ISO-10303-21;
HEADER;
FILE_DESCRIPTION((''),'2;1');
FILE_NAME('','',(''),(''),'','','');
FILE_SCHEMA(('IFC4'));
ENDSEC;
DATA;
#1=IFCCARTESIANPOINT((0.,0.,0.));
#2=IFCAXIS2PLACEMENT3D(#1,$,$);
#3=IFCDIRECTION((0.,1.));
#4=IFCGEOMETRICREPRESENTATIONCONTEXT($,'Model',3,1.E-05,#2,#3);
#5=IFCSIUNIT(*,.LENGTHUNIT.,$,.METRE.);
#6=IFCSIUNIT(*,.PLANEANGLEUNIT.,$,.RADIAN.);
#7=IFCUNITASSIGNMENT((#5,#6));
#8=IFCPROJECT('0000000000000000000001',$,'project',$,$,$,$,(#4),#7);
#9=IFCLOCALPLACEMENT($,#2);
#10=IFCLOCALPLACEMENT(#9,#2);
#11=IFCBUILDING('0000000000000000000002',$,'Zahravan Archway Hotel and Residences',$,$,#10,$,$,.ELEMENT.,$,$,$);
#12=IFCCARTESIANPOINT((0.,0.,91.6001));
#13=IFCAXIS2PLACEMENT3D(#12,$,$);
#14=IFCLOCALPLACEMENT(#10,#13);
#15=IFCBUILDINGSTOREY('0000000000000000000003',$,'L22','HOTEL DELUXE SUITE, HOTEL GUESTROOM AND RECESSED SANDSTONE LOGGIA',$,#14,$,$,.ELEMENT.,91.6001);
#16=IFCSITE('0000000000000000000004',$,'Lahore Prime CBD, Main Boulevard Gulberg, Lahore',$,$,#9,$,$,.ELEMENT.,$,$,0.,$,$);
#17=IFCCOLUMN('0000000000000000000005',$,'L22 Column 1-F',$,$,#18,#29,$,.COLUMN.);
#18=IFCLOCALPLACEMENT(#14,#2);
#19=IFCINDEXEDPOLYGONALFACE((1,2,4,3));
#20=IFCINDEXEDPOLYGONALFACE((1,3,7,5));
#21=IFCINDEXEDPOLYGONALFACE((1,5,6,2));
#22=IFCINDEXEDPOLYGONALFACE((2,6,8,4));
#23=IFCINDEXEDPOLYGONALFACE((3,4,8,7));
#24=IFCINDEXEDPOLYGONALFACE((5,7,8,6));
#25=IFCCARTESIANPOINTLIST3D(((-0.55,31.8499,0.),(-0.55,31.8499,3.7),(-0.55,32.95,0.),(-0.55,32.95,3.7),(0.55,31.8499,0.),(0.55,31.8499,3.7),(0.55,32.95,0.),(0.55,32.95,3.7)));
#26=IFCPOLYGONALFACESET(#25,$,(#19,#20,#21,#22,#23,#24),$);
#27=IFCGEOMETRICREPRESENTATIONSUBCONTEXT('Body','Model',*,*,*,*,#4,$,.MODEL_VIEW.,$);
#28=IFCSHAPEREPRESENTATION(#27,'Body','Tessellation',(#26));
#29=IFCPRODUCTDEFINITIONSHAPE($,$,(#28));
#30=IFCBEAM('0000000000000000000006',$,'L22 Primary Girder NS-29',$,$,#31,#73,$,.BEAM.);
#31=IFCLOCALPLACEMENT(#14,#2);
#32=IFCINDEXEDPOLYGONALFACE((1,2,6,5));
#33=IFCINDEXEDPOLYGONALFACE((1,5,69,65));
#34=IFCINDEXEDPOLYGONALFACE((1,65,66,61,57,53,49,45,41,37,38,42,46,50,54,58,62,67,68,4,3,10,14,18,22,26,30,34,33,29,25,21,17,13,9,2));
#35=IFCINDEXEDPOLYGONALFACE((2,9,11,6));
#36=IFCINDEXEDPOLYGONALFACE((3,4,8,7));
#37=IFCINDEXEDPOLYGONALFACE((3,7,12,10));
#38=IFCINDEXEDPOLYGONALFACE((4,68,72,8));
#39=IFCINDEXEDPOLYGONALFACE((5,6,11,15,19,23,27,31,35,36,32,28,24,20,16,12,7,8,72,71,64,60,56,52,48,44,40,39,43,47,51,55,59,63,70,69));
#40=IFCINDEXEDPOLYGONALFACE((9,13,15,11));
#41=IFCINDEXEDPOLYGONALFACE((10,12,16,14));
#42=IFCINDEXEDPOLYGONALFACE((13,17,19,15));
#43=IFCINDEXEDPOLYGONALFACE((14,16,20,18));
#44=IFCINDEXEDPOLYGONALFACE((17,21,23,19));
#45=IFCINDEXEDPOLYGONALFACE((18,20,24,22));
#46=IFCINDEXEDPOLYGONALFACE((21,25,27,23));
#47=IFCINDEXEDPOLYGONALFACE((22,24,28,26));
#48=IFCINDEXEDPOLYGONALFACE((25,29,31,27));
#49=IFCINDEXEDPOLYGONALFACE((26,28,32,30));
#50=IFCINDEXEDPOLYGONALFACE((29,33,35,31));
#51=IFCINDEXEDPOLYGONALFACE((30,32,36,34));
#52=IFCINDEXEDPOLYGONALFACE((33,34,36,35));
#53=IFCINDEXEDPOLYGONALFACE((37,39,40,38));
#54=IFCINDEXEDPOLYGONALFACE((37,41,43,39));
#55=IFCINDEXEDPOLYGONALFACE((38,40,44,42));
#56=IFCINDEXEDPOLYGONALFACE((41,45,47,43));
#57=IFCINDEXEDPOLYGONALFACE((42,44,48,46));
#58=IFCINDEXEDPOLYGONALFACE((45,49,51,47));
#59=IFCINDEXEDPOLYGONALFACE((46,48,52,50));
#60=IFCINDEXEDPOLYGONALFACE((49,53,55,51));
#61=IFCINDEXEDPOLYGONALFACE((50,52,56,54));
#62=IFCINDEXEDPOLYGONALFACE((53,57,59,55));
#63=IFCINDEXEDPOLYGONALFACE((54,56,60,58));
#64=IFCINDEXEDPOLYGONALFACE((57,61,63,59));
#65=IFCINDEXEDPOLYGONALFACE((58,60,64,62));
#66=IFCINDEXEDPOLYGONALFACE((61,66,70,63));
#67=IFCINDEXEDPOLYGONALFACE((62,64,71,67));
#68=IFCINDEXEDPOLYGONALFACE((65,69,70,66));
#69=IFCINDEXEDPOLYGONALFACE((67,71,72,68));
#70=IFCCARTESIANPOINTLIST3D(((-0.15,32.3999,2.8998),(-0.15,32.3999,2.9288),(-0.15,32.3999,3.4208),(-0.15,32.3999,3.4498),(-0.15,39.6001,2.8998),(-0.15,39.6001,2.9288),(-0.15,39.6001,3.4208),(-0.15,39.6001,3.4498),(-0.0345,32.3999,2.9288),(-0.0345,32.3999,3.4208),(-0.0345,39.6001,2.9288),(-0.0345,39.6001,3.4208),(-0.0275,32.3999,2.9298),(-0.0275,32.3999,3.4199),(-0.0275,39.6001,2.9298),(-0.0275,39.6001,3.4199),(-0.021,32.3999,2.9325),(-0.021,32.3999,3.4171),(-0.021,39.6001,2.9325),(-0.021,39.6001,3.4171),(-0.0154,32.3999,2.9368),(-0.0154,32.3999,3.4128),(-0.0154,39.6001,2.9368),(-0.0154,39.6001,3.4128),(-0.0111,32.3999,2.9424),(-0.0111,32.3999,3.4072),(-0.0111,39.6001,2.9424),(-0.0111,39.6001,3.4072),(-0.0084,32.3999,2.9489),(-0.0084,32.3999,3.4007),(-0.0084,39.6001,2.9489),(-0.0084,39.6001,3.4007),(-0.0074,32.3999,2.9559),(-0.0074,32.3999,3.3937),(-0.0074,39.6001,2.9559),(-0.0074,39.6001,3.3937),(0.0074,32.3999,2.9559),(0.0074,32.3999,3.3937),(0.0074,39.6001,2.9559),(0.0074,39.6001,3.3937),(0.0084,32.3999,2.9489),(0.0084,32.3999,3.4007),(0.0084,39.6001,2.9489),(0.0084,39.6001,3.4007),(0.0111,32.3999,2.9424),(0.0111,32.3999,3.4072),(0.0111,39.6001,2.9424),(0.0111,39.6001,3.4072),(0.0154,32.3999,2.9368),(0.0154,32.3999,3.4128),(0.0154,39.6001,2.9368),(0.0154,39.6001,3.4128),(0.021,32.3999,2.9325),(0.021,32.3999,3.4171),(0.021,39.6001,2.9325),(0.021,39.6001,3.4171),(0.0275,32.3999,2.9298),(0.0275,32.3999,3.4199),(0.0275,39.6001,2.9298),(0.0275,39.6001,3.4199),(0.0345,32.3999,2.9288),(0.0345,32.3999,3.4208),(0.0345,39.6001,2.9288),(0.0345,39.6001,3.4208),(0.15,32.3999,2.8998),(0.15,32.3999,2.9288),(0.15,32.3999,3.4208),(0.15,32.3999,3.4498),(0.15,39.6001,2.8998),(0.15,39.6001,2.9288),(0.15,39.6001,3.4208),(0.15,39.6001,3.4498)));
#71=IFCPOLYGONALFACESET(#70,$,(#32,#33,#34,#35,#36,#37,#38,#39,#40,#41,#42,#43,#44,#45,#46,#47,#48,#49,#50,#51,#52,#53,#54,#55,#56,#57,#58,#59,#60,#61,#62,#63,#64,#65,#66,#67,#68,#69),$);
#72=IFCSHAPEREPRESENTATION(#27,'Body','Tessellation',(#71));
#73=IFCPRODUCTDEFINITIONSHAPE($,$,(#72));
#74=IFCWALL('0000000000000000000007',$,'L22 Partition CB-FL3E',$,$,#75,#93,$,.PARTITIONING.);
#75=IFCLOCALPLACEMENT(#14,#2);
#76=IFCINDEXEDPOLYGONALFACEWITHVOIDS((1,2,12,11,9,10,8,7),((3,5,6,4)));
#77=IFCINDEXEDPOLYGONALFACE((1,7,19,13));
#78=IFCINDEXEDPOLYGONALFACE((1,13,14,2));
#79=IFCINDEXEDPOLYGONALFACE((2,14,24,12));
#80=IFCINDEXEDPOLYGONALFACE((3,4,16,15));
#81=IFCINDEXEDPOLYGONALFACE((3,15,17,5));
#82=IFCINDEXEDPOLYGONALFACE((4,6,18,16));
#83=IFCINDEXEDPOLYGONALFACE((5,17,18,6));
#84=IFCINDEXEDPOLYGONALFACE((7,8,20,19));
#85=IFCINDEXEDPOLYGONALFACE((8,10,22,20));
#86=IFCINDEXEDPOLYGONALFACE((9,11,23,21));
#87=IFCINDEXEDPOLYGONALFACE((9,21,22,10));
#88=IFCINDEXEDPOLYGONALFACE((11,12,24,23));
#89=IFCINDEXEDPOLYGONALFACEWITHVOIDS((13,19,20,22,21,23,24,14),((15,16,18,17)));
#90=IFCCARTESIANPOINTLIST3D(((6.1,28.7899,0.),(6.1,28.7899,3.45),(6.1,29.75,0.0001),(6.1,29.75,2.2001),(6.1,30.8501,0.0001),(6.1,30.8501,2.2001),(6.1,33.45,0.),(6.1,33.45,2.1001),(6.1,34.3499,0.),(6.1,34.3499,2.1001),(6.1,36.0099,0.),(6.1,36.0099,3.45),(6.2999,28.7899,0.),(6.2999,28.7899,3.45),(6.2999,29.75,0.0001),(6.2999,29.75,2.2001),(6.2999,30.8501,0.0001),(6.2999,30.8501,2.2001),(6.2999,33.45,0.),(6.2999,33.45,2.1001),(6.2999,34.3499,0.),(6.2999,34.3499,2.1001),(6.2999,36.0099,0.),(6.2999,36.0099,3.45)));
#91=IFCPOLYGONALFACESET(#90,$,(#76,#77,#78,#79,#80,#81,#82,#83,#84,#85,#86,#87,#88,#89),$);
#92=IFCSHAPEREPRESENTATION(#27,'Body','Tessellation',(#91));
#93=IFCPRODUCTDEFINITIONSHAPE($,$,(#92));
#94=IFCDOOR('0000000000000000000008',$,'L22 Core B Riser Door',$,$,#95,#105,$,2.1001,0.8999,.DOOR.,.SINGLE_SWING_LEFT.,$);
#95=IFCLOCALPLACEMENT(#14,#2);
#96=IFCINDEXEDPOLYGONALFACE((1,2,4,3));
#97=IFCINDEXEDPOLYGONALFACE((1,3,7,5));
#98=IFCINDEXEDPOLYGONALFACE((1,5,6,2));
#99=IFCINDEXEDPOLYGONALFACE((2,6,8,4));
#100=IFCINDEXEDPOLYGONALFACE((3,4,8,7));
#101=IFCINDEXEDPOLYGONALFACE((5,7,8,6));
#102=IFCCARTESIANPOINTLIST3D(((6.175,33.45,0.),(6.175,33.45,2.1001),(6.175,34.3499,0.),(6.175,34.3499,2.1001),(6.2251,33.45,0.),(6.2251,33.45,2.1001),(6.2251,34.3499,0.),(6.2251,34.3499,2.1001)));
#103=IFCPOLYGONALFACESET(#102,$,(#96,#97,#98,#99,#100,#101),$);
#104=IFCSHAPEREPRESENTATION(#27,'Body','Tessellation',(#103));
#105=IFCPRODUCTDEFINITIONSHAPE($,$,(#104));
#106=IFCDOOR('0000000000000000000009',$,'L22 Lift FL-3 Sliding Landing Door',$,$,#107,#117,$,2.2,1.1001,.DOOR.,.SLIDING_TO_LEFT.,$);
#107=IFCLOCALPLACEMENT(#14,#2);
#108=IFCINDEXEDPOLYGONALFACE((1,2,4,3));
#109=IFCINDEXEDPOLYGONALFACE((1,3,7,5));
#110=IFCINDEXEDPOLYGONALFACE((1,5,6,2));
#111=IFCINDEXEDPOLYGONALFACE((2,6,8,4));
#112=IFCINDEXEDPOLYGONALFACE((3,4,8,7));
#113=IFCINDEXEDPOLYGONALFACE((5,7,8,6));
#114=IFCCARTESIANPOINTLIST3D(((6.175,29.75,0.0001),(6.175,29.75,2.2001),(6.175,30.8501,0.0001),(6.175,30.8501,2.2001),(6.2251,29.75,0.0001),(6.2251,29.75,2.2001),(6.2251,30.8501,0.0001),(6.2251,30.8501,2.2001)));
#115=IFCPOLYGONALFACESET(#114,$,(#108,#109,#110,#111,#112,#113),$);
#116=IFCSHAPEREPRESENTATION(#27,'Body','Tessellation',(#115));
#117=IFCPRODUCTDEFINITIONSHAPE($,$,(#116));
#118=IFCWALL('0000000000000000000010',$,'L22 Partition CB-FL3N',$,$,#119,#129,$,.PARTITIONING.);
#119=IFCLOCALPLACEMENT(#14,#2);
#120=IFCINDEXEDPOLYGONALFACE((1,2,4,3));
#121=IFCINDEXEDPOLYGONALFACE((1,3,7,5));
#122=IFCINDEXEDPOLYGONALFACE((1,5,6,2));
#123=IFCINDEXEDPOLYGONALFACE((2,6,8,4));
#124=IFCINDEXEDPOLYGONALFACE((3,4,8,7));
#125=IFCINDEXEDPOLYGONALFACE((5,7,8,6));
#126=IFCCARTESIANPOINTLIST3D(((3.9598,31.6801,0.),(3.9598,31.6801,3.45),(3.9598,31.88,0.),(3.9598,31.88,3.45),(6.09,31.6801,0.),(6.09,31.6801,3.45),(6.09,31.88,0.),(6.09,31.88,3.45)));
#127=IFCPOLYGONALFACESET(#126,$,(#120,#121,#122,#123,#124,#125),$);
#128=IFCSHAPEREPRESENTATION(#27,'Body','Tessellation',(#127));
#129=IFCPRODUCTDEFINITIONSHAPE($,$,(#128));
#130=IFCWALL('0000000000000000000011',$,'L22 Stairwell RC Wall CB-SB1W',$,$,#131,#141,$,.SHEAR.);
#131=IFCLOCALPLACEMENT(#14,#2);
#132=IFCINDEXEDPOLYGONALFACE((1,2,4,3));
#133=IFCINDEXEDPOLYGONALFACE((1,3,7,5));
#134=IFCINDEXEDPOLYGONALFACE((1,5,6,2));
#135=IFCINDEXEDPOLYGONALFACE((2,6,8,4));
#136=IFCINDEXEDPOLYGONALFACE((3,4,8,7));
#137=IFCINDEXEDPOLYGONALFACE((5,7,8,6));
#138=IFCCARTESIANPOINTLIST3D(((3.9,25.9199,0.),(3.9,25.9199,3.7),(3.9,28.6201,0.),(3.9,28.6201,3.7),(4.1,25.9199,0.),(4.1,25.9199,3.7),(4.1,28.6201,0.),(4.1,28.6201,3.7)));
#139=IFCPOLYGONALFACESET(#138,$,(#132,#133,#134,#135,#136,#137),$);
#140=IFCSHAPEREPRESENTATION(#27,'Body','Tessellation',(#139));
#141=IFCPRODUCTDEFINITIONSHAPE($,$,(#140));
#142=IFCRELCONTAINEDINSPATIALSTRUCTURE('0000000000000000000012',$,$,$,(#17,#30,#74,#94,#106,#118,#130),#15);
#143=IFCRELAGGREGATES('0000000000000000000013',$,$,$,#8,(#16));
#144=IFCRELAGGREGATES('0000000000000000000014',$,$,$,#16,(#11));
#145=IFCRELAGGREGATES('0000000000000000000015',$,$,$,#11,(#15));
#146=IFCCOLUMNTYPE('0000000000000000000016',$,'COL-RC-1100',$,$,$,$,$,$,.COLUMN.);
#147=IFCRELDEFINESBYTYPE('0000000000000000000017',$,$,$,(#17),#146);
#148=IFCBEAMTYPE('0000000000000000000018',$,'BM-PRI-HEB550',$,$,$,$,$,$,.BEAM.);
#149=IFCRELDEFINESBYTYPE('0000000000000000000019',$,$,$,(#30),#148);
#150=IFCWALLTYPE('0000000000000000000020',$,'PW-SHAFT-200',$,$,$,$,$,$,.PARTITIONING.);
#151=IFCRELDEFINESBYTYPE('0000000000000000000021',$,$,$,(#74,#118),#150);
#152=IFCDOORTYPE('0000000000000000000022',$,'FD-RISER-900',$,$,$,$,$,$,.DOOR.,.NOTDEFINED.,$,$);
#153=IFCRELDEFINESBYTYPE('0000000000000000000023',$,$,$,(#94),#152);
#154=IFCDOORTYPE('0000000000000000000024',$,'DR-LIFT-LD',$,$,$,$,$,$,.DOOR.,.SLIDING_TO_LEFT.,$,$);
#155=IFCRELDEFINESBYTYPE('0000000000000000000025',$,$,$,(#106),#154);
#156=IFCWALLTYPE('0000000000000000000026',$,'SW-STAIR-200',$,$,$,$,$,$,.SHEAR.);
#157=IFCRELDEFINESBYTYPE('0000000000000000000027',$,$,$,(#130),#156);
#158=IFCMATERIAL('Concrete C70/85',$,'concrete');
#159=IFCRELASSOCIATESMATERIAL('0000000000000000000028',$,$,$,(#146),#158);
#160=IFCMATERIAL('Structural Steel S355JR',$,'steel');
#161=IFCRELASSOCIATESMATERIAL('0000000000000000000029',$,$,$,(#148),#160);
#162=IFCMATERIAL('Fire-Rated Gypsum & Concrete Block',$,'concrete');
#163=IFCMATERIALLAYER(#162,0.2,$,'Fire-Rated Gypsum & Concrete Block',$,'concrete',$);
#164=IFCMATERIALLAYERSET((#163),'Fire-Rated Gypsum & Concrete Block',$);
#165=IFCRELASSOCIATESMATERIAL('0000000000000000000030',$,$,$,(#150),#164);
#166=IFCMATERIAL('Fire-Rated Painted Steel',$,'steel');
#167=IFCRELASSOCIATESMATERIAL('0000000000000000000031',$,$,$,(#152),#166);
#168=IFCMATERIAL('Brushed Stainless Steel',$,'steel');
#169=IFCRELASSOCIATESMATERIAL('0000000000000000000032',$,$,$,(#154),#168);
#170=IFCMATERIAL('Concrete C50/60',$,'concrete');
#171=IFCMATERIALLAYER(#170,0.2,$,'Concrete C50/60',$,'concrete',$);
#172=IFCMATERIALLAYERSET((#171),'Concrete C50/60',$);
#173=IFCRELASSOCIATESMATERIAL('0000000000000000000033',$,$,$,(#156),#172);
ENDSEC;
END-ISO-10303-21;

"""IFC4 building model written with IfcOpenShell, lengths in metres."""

from ifc_helpers import new_model, si_unit, direction, frame, frame_2d, origin, origin_2d, place, context, subcontext, project, spatial, rectangle, i_section, extrude, source, transform, mapped, material, layer, layer_set, material_profile, profile_set, type_object, type_shapes, element, fill, save


model = new_model("IFC4")

# Units and contexts
model_context = context("Model", 3, precision=1e-05, world=origin(), true_north=direction((0.0, 1.0)))
body_context = subcontext(model_context, "Body", "Model", "MODEL_VIEW")
ifc_project = project(units=[si_unit("LENGTHUNIT", "METRE"), si_unit("PLANEANGLEUNIT", "RADIAN")], contexts=[model_context])

# Site, building, storey
site_placement = place(None, origin())
site = spatial("IfcSite", under=ifc_project, at=site_placement, Name="Lahore Prime CBD, Main Boulevard Gulberg, Lahore", CompositionType="ELEMENT", RefElevation=0.0)
building_placement = place(site_placement, origin())
building = spatial("IfcBuilding", under=site, at=building_placement, Name="Zahravan Archway Hotel and Residences", CompositionType="ELEMENT")
storey_placement = place(building_placement, frame((0.0, 0.0, 91.6001)))
storey = spatial("IfcBuildingStorey", under=building, at=storey_placement, Name="L22", Description="HOTEL DELUXE SUITE, HOTEL GUESTROOM AND RECESSED SANDSTONE LOGGIA", CompositionType="ELEMENT", Elevation=91.6001)

# Column
ifc_material_1 = material(Name="Concrete C70/85", Category="concrete")
ifc_material_profile_1 = material_profile(ifc_material_1, rectangle(XDim=1.1001, YDim=1.1001, at=origin_2d()), Name="RC 1100x1100", Category="concrete")
ifc_profile_set_1 = profile_set([ifc_material_profile_1], Name="Concrete C70/85")
column_type = type_object("IfcColumnType", Name="COL-RC-1100", PredefinedType="COLUMN", material=ifc_profile_set_1)
shared_shape_1 = source(origin(), body_context, "Body", "SweptSolid", [
    extrude(rectangle(XDim=1.1001, YDim=1.1001, at=origin_2d()), origin(), (0.0, 0.0, 1.0), 3.7),
])
column_placement = place(storey_placement, frame((0.0, 32.3999, 0.0), z_axis=(0.0, 0.0, 1.0), x_axis=(1.0, 0.0, 0.0)))
element("IfcColumn", 1, at=column_placement, inside=storey, type_object=column_type, Name="L22 Column 1-F", PredefinedType="COLUMN", context=body_context, shape_type="MappedRepresentation", body=[
    mapped(shared_shape_1, transform((0.0, 0.0, 0.0), scale=1.0)),
])

# Beam
ifc_material_2 = material(Name="Structural Steel S355JR", Category="steel")
ifc_material_profile_2 = material_profile(ifc_material_2, i_section(OverallWidth=0.3, OverallDepth=0.55, WebThickness=0.0149, FlangeThickness=0.0291, FilletRadius=0.0271, at=origin_2d()), Name="HEB 550", Category="steel")
ifc_profile_set_2 = profile_set([ifc_material_profile_2], Name="Structural Steel S355JR")
beam_type = type_object("IfcBeamType", Name="BM-PRI-HEB550", PredefinedType="BEAM", material=ifc_profile_set_2)
shared_shape_2 = source(origin(), body_context, "Body", "SweptSolid", [
    extrude(i_section(OverallWidth=0.3, OverallDepth=0.55, WebThickness=0.0149, FlangeThickness=0.0291, FilletRadius=0.0271, at=origin_2d()), origin(), (0.0, 0.0, 1.0), 7.2002),
])
type_shapes(beam_type, [shared_shape_2])
beam_placement = place(storey_placement, frame((0.0, 32.3999, 3.1748), z_axis=(0.0, 1.0, 0.0), x_axis=(-1.0, 0.0, 0.0)))
element("IfcBeam", 2, at=beam_placement, inside=storey, type_object=beam_type, Name="L22 Primary Girder NS-29", PredefinedType="BEAM", context=body_context, shape_type="MappedRepresentation", body=[
    mapped(shared_shape_2, transform((0.0, 0.0, 0.0), scale=1.0)),
])

# Wall, openings, doors
ifc_material_3 = material(Name="Fire-Rated Gypsum & Concrete Block", Category="concrete")
ifc_layer_1 = layer(ifc_material_3, 0.2, Name="Fire-Rated Gypsum & Concrete Block", Category="concrete")
ifc_layer_set_1 = layer_set([ifc_layer_1], Name="Fire-Rated Gypsum & Concrete Block")
wall_type_1 = type_object("IfcWallType", Name="PW-SHAFT-200", PredefinedType="PARTITIONING", material=ifc_layer_set_1)
wall_1_placement = place(storey_placement, frame((6.2, 28.79, 0.0), z_axis=(0.0, 0.0, 1.0), x_axis=(0.0, 1.0, 0.0)))
wall_1 = element("IfcWall", 3, at=wall_1_placement, inside=storey, type_object=wall_type_1, Name="L22 Partition CB-FL3E", PredefinedType="PARTITIONING", context=body_context, shape_type="SweptSolid", body=[
    extrude(rectangle(XDim=7.22, YDim=0.2, at=frame_2d((3.6099, 0.0))), origin(), (0.0, 0.0, 1.0), 3.45),
])
opening_1_placement = place(wall_1_placement, frame((4.6599, 0.0, 0.0)))
opening_1 = element("IfcOpeningElement", 4, at=opening_1_placement, cuts=wall_1, PredefinedType="OPENING", context=body_context, shape_type="SweptSolid", body=[
    extrude(rectangle(XDim=0.8999, YDim=2.1001, at=frame_2d((0.45, 1.05))), frame((0.0, 0.1099, 0.0), z_axis=(0.0, -1.0, 0.0), x_axis=(1.0, 0.0, 0.0)), (0.0, 0.0, 1.0), 0.22),
])
opening_2_placement = place(wall_1_placement, frame((0.96, 0.0, 0.0)))
opening_2 = element("IfcOpeningElement", 5, at=opening_2_placement, cuts=wall_1, PredefinedType="OPENING", context=body_context, shape_type="SweptSolid", body=[
    extrude(rectangle(XDim=1.1001, YDim=2.2, at=frame_2d((0.55, 1.1001))), frame((0.0, 0.1099, 0.0), z_axis=(0.0, -1.0, 0.0), x_axis=(1.0, 0.0, 0.0)), (0.0, 0.0, 1.0), 0.22),
])
ifc_material_4 = material(Name="Fire-Rated Painted Steel", Category="steel")
door_type_1 = type_object("IfcDoorType", Name="FD-RISER-900", OperationType="NOTDEFINED", PredefinedType="DOOR", material=ifc_material_4)
shared_shape_3 = source(origin(), body_context, "Body", "SweptSolid", [
    extrude(rectangle(XDim=0.8999, YDim=2.1001, at=frame_2d((0.45, 1.05))), frame((0.0, 0.0249, 0.0), z_axis=(0.0, -1.0, 0.0), x_axis=(1.0, 0.0, 0.0)), (0.0, 0.0, 1.0), 0.05),
])
type_shapes(door_type_1, [shared_shape_3])
door_1_placement = place(opening_1_placement, origin())
door_1 = element("IfcDoor", 6, at=door_1_placement, inside=storey, type_object=door_type_1, Name="L22 Core B Riser Door", OperationType="SINGLE_SWING_LEFT", OverallHeight=2.1001, OverallWidth=0.8999, PredefinedType="DOOR", context=body_context, shape_type="MappedRepresentation", body=[
    mapped(shared_shape_3, transform((0.0, 0.0, 0.0), scale=1.0)),
])
fill(opening_1, door_1)
ifc_material_5 = material(Name="Brushed Stainless Steel", Category="steel")
door_type_2 = type_object("IfcDoorType", Name="DR-LIFT-LD", OperationType="SLIDING_TO_LEFT", PredefinedType="DOOR", material=ifc_material_5)
shared_shape_4 = source(origin(), body_context, "Body", "SweptSolid", [
    extrude(rectangle(XDim=1.1001, YDim=2.2, at=frame_2d((0.55, 1.1001))), frame((0.0, 0.0249, 0.0), z_axis=(0.0, -1.0, 0.0), x_axis=(1.0, 0.0, 0.0)), (0.0, 0.0, 1.0), 0.05),
])
type_shapes(door_type_2, [shared_shape_4])
door_2_placement = place(opening_2_placement, origin())
door_2 = element("IfcDoor", 7, at=door_2_placement, inside=storey, type_object=door_type_2, Name="L22 Lift FL-3 Sliding Landing Door", OperationType="SLIDING_TO_LEFT", OverallHeight=2.2, OverallWidth=1.1001, PredefinedType="DOOR", context=body_context, shape_type="MappedRepresentation", body=[
    mapped(shared_shape_4, transform((0.0, 0.0, 0.0), scale=1.0)),
])
fill(opening_2, door_2)

# Walls
wall_2_placement = place(storey_placement, frame((3.96, 31.78, 0.0), z_axis=(0.0, 0.0, 1.0), x_axis=(1.0, 0.0, 0.0)))
element("IfcWall", 8, at=wall_2_placement, inside=storey, type_object=wall_type_1, Name="L22 Partition CB-FL3N", PredefinedType="PARTITIONING", context=body_context, shape_type="SweptSolid", body=[
    extrude(rectangle(XDim=2.1301, YDim=0.2, at=frame_2d((1.0649, 0.0))), origin(), (0.0, 0.0, 1.0), 3.45),
])
ifc_material_6 = material(Name="Concrete C50/60", Category="concrete")
ifc_layer_2 = layer(ifc_material_6, 0.2, Name="Concrete C50/60", Category="concrete")
ifc_layer_set_2 = layer_set([ifc_layer_2], Name="Concrete C50/60")
wall_type_2 = type_object("IfcWallType", Name="SW-STAIR-200", PredefinedType="SHEAR", material=ifc_layer_set_2)
wall_3_placement = place(storey_placement, frame((4.0, 25.9199, 0.0), z_axis=(0.0, 0.0, 1.0), x_axis=(0.0, 1.0, 0.0)))
element("IfcWall", 9, at=wall_3_placement, inside=storey, type_object=wall_type_2, Name="L22 Stairwell RC Wall CB-SB1W", PredefinedType="SHEAR", context=body_context, shape_type="SweptSolid", body=[
    extrude(rectangle(XDim=2.7002, YDim=0.2, at=frame_2d((1.3501, 0.0))), origin(), (0.0, 0.0, 1.0), 3.7),
])

save(model, "model.ifc")
